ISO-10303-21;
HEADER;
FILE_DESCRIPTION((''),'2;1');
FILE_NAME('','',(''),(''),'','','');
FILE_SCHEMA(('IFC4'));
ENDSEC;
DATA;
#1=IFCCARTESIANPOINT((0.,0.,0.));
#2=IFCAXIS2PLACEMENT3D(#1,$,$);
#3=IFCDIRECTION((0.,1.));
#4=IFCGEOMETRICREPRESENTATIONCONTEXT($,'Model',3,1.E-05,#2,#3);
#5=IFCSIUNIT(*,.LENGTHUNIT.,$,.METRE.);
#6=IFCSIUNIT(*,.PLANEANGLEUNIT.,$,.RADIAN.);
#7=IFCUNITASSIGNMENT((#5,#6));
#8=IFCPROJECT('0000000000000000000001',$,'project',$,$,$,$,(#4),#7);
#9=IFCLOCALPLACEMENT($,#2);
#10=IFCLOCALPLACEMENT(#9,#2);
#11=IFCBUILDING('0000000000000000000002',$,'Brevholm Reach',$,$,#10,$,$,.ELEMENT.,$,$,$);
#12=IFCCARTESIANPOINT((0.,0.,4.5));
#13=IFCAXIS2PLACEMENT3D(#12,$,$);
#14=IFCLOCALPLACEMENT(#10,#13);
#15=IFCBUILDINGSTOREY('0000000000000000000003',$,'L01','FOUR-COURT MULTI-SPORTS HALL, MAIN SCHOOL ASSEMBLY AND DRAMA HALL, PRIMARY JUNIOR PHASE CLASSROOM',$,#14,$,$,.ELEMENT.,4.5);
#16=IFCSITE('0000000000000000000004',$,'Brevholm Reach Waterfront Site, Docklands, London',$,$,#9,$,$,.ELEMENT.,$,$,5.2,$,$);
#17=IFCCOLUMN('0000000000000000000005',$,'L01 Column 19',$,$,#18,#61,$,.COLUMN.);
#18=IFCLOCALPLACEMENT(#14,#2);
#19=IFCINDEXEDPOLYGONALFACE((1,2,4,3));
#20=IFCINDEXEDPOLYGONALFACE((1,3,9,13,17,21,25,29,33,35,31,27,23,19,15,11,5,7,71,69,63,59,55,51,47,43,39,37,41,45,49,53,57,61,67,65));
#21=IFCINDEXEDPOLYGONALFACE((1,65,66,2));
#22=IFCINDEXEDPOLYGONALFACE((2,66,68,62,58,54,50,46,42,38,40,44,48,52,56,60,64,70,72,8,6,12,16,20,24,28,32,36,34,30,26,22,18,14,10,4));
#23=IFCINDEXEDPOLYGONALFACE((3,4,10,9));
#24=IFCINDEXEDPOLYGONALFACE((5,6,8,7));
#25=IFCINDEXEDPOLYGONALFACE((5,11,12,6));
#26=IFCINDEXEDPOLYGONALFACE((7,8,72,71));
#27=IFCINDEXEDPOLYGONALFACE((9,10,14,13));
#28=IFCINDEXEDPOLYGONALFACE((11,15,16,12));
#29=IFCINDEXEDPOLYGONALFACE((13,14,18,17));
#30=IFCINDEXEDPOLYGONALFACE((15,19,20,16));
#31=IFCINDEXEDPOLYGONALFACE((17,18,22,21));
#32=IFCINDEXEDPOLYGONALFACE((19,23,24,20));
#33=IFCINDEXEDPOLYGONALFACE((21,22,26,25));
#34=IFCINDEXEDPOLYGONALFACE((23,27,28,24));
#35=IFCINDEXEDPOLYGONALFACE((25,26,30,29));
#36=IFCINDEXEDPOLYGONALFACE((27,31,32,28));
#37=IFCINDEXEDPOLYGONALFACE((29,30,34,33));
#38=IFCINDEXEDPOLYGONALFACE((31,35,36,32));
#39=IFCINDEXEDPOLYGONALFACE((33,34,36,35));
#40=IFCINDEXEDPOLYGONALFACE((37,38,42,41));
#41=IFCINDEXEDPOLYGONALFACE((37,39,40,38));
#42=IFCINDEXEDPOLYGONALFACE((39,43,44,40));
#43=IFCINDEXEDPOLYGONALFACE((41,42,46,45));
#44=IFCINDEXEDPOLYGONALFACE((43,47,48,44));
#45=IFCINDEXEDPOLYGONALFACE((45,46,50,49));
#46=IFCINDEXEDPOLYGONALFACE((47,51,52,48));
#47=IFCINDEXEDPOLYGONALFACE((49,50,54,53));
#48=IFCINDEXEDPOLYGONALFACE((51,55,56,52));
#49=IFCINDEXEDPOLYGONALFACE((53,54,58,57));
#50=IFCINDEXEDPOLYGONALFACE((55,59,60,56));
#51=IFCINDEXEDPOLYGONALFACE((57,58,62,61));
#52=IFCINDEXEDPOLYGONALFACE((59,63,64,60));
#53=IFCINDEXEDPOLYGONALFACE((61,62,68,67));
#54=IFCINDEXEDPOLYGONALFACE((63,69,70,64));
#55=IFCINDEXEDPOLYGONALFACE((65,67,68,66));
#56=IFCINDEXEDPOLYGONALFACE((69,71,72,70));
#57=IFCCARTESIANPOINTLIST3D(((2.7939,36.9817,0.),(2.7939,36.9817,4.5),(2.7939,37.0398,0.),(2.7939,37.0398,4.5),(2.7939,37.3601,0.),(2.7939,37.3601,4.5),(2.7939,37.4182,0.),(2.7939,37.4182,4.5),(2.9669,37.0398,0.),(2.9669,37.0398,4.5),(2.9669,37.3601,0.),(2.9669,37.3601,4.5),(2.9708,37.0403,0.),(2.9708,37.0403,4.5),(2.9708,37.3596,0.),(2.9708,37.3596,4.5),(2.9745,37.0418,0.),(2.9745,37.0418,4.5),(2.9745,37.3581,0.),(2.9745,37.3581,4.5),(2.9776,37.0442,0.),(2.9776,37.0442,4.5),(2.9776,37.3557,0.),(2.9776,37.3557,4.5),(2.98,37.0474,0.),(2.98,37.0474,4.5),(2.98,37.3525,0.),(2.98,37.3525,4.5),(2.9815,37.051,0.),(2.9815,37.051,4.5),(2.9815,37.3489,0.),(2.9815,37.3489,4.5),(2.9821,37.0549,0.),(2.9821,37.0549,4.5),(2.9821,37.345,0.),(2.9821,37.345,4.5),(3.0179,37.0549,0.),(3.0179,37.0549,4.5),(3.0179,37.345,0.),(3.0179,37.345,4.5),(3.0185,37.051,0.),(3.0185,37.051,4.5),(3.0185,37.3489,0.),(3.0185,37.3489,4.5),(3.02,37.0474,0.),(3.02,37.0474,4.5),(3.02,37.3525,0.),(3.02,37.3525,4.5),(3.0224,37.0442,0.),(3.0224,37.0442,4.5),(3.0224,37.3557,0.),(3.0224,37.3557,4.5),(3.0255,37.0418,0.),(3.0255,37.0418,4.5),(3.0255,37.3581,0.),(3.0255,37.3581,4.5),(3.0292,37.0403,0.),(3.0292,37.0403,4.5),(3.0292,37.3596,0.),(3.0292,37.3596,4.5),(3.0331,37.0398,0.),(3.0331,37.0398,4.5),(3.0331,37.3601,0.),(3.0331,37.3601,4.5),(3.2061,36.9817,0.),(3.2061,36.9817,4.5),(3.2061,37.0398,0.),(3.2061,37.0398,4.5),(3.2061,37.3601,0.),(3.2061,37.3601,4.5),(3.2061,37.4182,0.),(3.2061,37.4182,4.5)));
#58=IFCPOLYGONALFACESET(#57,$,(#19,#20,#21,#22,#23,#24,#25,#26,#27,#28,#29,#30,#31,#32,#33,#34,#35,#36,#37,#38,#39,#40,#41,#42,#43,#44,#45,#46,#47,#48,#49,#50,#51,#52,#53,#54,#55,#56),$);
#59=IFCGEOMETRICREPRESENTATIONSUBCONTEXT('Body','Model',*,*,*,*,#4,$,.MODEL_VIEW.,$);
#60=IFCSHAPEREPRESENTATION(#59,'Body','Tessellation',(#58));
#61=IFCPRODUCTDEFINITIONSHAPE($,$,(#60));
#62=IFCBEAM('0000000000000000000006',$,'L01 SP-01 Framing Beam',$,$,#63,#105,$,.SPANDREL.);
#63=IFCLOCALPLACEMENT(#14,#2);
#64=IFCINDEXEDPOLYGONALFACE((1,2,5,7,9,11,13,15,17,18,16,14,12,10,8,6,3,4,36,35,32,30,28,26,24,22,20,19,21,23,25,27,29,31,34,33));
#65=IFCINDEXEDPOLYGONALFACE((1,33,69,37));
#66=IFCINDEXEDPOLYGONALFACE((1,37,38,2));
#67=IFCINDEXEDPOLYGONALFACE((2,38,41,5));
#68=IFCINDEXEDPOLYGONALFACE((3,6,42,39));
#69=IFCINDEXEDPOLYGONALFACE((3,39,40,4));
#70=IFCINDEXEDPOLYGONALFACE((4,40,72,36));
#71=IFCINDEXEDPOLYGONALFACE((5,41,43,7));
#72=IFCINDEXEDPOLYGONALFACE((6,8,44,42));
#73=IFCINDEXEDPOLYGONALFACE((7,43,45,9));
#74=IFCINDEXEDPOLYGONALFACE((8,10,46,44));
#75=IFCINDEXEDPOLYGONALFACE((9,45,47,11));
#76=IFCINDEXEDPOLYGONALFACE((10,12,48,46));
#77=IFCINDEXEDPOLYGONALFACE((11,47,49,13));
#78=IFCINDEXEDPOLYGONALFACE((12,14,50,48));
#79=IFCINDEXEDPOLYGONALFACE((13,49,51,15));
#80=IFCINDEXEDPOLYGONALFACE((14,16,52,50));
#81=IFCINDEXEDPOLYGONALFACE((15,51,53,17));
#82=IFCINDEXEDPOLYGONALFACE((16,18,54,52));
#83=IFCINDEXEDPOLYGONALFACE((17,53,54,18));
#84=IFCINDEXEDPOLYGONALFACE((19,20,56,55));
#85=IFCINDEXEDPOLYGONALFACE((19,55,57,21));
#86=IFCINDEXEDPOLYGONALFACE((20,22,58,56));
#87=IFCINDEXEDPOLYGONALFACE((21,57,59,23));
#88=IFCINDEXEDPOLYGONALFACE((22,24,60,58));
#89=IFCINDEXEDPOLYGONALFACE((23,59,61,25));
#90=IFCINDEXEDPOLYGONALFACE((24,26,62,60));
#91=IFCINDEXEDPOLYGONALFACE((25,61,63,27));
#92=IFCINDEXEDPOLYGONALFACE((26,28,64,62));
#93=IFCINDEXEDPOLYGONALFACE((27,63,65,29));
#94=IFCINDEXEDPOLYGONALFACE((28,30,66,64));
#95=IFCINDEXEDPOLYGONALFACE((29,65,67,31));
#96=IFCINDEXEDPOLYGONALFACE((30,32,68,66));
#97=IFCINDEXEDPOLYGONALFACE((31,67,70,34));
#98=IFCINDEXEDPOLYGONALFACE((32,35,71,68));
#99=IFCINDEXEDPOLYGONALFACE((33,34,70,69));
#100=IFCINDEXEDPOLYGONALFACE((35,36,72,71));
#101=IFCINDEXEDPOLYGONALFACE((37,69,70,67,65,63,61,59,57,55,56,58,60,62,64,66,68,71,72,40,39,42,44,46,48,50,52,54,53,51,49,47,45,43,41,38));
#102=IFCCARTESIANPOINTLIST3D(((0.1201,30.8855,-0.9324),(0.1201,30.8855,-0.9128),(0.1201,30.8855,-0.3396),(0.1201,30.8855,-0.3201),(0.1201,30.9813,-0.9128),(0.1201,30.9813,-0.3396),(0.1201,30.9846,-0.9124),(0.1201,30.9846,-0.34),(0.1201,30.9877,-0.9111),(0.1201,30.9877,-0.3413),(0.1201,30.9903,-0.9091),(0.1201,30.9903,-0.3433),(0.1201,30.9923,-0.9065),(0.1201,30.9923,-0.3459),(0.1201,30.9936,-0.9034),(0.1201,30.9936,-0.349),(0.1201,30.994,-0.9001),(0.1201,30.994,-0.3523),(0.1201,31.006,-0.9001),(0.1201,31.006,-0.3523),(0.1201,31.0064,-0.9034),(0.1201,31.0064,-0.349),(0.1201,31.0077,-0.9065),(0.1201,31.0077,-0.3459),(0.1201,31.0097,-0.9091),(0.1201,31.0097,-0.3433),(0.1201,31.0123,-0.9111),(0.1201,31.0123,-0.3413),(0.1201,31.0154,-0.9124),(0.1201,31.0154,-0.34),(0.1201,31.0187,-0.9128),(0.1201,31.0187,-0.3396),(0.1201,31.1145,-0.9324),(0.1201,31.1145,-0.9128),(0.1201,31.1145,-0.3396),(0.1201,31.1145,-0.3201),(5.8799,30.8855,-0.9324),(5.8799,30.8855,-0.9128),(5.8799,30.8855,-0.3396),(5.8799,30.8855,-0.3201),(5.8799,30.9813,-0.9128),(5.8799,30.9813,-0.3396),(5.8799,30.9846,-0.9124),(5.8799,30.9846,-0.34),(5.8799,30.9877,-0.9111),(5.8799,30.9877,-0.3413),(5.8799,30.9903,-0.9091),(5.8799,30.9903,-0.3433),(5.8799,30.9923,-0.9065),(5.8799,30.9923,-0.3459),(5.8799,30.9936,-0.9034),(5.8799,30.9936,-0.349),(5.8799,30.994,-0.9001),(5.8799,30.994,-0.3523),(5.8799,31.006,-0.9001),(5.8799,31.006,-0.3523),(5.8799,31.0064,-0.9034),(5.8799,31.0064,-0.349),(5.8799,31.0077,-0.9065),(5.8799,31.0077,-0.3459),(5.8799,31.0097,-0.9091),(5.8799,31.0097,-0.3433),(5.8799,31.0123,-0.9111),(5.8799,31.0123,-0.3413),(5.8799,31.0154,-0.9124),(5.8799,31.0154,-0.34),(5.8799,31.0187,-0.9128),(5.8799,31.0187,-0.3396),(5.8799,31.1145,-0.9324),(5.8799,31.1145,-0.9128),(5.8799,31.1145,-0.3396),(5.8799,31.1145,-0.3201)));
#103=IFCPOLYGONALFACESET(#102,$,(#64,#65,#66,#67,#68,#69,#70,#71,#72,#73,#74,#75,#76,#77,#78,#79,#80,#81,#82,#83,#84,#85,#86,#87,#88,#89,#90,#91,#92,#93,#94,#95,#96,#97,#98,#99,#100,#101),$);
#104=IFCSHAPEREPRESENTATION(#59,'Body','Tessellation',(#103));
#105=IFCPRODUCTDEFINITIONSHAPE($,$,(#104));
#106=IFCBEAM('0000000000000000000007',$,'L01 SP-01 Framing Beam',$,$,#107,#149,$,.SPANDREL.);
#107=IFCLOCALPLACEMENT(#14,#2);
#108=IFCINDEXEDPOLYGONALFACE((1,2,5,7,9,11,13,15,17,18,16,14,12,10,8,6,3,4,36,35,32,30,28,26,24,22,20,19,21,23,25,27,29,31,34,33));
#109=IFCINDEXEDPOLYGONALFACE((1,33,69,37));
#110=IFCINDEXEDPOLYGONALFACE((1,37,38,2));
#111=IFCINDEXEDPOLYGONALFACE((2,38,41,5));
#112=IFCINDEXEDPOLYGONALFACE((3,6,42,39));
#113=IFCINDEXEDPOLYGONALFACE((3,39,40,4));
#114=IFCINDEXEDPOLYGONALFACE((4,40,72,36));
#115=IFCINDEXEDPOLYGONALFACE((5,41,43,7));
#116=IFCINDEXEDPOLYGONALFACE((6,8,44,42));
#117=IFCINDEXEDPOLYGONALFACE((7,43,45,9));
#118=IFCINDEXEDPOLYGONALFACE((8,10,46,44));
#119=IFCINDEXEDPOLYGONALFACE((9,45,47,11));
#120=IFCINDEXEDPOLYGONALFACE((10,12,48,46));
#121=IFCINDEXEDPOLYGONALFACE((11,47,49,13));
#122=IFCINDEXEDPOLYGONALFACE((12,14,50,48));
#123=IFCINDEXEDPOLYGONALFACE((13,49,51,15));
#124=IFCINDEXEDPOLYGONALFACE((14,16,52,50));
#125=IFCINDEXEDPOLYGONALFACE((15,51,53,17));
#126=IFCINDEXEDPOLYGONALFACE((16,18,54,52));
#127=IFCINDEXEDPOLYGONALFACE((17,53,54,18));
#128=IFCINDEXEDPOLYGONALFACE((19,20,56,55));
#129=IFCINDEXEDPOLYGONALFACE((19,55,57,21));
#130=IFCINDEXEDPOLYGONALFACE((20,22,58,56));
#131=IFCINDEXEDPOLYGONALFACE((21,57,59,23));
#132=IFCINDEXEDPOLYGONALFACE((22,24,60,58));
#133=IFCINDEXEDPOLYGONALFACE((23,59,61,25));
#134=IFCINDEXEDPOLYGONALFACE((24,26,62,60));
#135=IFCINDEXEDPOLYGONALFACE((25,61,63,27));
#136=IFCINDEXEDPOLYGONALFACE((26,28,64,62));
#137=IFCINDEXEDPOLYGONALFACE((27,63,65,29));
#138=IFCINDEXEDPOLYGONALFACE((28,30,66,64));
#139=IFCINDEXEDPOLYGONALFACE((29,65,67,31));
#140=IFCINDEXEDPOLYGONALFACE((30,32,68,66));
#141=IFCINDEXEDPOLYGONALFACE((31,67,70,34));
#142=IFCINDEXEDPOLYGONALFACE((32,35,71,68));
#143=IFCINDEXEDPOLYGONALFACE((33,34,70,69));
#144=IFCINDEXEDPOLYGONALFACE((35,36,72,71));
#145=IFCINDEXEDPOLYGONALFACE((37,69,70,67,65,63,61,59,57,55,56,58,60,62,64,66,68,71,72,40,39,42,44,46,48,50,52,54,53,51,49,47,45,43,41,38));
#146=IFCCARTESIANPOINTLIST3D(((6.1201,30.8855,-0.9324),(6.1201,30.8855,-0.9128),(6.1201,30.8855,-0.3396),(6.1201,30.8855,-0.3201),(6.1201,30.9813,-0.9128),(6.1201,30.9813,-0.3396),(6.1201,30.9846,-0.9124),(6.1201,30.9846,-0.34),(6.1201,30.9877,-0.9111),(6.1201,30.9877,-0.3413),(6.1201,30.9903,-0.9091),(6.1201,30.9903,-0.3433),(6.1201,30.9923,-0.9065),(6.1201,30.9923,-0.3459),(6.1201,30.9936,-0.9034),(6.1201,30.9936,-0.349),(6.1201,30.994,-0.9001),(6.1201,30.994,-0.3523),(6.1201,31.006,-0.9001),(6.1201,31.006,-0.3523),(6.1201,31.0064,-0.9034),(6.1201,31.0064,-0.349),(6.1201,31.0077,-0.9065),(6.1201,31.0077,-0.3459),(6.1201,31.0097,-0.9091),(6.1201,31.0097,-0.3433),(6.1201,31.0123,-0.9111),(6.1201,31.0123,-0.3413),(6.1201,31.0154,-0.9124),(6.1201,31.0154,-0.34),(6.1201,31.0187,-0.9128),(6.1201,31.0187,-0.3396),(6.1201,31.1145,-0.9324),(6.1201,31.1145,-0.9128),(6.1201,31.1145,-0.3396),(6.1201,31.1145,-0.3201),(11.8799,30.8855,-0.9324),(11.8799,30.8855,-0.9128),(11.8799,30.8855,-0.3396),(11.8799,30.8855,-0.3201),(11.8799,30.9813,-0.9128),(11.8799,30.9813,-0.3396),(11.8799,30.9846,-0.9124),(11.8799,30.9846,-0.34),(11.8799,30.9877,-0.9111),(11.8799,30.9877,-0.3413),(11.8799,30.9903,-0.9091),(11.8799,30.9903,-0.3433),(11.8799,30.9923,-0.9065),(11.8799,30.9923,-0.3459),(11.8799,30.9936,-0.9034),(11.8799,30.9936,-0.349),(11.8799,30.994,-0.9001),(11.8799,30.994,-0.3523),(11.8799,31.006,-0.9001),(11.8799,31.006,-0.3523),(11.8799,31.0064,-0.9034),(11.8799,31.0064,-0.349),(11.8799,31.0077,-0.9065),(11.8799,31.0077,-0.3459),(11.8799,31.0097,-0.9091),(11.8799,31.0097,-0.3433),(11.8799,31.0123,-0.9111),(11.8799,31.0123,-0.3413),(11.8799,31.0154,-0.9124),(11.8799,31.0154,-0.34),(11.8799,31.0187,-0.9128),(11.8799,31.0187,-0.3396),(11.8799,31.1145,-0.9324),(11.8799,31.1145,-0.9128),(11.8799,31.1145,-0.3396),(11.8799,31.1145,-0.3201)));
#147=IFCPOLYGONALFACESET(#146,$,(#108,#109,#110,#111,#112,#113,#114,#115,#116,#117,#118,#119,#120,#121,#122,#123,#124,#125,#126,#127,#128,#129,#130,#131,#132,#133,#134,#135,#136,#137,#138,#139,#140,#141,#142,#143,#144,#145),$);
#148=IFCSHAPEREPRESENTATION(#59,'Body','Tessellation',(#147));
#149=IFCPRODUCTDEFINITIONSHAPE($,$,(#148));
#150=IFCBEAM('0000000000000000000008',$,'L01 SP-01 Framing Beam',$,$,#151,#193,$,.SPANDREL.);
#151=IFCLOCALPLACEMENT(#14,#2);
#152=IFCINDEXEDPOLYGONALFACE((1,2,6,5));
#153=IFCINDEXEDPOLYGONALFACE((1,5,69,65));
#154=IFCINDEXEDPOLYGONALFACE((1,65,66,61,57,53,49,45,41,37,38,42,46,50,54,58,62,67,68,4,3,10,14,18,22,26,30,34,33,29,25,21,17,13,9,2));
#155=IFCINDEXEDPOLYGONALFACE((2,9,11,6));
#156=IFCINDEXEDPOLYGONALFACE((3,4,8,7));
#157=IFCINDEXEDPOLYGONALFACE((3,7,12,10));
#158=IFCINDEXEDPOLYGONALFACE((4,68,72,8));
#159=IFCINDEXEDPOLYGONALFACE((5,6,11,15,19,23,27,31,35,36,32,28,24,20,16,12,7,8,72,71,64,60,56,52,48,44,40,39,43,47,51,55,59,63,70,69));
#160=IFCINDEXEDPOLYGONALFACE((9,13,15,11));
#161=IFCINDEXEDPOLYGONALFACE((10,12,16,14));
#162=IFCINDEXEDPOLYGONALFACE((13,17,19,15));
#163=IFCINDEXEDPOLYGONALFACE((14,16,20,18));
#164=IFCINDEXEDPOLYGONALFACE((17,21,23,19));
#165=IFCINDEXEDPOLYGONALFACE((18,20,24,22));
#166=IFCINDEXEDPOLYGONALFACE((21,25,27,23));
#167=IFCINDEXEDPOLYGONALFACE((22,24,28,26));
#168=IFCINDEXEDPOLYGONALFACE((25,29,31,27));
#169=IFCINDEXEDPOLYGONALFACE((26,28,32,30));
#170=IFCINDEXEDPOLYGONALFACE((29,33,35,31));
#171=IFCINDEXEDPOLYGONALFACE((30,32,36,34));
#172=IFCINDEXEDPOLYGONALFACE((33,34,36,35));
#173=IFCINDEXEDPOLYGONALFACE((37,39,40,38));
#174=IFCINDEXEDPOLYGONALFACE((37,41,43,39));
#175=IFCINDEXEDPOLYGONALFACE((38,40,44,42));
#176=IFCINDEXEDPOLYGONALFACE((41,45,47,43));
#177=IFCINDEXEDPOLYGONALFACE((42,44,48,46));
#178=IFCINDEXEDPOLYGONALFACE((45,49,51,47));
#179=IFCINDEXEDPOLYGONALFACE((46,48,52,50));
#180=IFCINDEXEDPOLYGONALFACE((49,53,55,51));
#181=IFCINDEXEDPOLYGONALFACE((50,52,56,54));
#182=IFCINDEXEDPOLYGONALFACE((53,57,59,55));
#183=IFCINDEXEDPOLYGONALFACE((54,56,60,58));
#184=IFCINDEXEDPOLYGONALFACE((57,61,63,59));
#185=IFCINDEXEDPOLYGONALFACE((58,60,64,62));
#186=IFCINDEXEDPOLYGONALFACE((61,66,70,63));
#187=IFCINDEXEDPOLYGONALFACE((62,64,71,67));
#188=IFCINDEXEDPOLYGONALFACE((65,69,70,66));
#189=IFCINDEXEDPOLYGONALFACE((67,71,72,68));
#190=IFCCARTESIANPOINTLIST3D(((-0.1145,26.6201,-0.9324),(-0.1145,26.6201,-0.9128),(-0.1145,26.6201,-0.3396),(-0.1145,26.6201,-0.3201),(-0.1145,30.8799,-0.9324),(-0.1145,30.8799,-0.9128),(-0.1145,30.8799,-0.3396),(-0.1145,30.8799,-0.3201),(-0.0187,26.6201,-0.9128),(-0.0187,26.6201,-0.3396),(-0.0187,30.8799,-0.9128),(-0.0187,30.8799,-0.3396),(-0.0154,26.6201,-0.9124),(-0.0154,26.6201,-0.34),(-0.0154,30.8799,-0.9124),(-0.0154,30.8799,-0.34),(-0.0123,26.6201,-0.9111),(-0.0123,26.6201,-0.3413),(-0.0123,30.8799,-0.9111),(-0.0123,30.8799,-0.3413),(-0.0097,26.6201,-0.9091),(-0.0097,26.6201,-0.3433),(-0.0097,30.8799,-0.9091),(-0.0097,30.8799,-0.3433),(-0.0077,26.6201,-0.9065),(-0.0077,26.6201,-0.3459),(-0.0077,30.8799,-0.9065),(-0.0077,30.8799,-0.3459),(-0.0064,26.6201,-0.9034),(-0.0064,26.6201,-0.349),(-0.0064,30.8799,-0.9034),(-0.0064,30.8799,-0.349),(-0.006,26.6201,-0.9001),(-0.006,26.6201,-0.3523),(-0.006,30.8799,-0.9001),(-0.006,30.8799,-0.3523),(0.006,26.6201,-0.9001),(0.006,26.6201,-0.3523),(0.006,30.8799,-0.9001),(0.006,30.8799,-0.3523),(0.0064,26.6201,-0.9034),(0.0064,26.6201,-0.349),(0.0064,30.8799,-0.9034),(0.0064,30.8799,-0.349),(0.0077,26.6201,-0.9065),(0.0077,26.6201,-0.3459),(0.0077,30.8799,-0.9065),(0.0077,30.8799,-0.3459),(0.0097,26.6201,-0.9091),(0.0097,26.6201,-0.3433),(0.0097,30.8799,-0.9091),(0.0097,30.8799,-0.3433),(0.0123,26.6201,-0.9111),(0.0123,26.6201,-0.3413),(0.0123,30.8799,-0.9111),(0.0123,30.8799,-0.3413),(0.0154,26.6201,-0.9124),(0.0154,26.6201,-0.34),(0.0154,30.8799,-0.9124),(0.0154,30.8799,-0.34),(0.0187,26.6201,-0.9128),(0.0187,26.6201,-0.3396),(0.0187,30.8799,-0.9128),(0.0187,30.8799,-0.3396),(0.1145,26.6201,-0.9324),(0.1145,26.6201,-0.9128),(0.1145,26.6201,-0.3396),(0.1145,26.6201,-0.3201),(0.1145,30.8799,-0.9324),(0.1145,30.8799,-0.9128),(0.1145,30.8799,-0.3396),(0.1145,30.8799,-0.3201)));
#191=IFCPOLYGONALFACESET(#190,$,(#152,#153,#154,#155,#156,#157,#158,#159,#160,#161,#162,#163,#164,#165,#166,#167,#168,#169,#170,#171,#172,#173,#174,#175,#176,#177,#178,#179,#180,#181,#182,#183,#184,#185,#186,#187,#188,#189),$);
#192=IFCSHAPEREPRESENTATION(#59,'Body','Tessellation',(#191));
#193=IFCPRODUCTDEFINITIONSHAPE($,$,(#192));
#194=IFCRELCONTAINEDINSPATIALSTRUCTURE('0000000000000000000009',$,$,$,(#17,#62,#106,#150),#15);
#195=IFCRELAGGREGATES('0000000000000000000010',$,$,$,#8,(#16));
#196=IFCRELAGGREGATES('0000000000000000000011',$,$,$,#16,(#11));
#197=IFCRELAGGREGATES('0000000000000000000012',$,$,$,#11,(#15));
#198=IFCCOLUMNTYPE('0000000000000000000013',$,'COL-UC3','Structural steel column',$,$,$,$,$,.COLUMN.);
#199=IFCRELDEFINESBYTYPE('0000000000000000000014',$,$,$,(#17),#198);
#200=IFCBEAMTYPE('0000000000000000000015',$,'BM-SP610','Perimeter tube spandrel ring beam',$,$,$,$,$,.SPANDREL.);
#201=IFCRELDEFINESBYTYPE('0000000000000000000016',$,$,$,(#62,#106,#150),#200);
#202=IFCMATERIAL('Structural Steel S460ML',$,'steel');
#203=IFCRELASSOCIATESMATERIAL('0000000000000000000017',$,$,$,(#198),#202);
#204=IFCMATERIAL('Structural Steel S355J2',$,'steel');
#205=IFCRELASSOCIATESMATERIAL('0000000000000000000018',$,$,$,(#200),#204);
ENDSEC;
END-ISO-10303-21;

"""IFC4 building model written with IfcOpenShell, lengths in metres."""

from ifc_helpers import new_model, si_unit, direction, frame, origin, origin_2d, place, context, subcontext, project, spatial, i_section, extrude, material, material_profile, profile_set, type_object, element, save


model = new_model("IFC4")

# Units and contexts
model_context = context("Model", 3, precision=1e-05, world=origin(), true_north=direction((0.0, 1.0)))
body_context = subcontext(model_context, "Body", "Model", "MODEL_VIEW")
ifc_project = project(units=[si_unit("LENGTHUNIT", "METRE"), si_unit("PLANEANGLEUNIT", "RADIAN")], contexts=[model_context])

# Site, building, storey
site_placement = place(None, origin())
site = spatial("IfcSite", under=ifc_project, at=site_placement, Name="Brevholm Reach Waterfront Site, Docklands, London", CompositionType="ELEMENT", RefElevation=5.2)
building_placement = place(site_placement, origin())
building = spatial("IfcBuilding", under=site, at=building_placement, Name="Brevholm Reach", CompositionType="ELEMENT")
storey_placement = place(building_placement, frame((0.0, 0.0, 4.5)))
storey = spatial("IfcBuildingStorey", under=building, at=storey_placement, Name="L01", Description="FOUR-COURT MULTI-SPORTS HALL, MAIN SCHOOL ASSEMBLY AND DRAMA HALL, PRIMARY JUNIOR PHASE CLASSROOM", CompositionType="ELEMENT", Elevation=4.5)

# Column
ifc_material_1 = material(Name="Structural Steel S460ML", Category="steel")
ifc_material_profile_1 = material_profile(ifc_material_1, i_section(OverallWidth=0.4121, OverallDepth=0.4365, WebThickness=0.0359, FlangeThickness=0.0581, FilletRadius=0.0151, at=origin_2d()), Name="UKC 356x406x467")
ifc_profile_set_1 = profile_set([ifc_material_profile_1], Name="Structural Steel S460ML")
column_type_1 = type_object("IfcColumnType", Name="COL-UC3", Description="Structural steel column", PredefinedType="COLUMN", material=ifc_profile_set_1)
column_placement = place(storey_placement, frame((3.0, 37.2, 0.0), z_axis=(0.0, 0.0, 1.0), x_axis=(1.0, 0.0, 0.0)))
element("IfcColumn", 1, at=column_placement, inside=storey, type_object=column_type_1, Name="L01 Column 19", PredefinedType="COLUMN", context=body_context, shape_type="SweptSolid", body=[
    extrude(i_section(OverallWidth=0.4121, OverallDepth=0.4365, WebThickness=0.0359, FlangeThickness=0.0581, FilletRadius=0.0151, at=origin_2d()), origin(), (0.0, 0.0, 1.0), 4.5),
])

# Beams
ifc_material_2 = material(Name="Structural Steel S355J2", Category="steel")
ifc_material_profile_2 = material_profile(ifc_material_2, i_section(OverallWidth=0.229, OverallDepth=0.6123, WebThickness=0.012, FlangeThickness=0.0195, FilletRadius=0.0127, at=origin_2d()), Name="UKB 610x229x125")
ifc_profile_set_2 = profile_set([ifc_material_profile_2], Name="Structural Steel S355J2")
beam_type = type_object("IfcBeamType", Name="BM-SP610", Description="Perimeter tube spandrel ring beam", PredefinedType="SPANDREL", material=ifc_profile_set_2)
for number, where, z_axis, x_axis, name in (
    (2, (0.1201, 31.0, -0.6262), (1.0, 0.0, 0.0), (0.0, 1.0, 0.0), "L01 SP-01 Framing Beam"),
    (3, (6.1201, 31.0, -0.6262), (1.0, 0.0, 0.0), (0.0, 1.0, 0.0), "L01 SP-01 Framing Beam"),
):
    element("IfcBeam", number, at=place(storey_placement, frame(where, z_axis=z_axis, x_axis=x_axis)), inside=storey, type_object=beam_type, Name=name, PredefinedType="SPANDREL", context=body_context, shape_type="SweptSolid", body=[
        extrude(i_section(OverallWidth=0.229, OverallDepth=0.6123, WebThickness=0.012, FlangeThickness=0.0195, FilletRadius=0.0127, at=origin_2d()), origin(), (0.0, 0.0, 1.0), 5.7598),
    ])
beam_placement = place(storey_placement, frame((0.0, 26.6201, -0.6262), z_axis=(0.0, 1.0, 0.0), x_axis=(-1.0, 0.0, 0.0)))
element("IfcBeam", 4, at=beam_placement, inside=storey, type_object=beam_type, Name="L01 SP-01 Framing Beam", PredefinedType="SPANDREL", context=body_context, shape_type="SweptSolid", body=[
    extrude(i_section(OverallWidth=0.229, OverallDepth=0.6123, WebThickness=0.012, FlangeThickness=0.0195, FilletRadius=0.0127, at=origin_2d()), origin(), (0.0, 0.0, 1.0), 4.2598),
])

save(model, "model.ifc")
